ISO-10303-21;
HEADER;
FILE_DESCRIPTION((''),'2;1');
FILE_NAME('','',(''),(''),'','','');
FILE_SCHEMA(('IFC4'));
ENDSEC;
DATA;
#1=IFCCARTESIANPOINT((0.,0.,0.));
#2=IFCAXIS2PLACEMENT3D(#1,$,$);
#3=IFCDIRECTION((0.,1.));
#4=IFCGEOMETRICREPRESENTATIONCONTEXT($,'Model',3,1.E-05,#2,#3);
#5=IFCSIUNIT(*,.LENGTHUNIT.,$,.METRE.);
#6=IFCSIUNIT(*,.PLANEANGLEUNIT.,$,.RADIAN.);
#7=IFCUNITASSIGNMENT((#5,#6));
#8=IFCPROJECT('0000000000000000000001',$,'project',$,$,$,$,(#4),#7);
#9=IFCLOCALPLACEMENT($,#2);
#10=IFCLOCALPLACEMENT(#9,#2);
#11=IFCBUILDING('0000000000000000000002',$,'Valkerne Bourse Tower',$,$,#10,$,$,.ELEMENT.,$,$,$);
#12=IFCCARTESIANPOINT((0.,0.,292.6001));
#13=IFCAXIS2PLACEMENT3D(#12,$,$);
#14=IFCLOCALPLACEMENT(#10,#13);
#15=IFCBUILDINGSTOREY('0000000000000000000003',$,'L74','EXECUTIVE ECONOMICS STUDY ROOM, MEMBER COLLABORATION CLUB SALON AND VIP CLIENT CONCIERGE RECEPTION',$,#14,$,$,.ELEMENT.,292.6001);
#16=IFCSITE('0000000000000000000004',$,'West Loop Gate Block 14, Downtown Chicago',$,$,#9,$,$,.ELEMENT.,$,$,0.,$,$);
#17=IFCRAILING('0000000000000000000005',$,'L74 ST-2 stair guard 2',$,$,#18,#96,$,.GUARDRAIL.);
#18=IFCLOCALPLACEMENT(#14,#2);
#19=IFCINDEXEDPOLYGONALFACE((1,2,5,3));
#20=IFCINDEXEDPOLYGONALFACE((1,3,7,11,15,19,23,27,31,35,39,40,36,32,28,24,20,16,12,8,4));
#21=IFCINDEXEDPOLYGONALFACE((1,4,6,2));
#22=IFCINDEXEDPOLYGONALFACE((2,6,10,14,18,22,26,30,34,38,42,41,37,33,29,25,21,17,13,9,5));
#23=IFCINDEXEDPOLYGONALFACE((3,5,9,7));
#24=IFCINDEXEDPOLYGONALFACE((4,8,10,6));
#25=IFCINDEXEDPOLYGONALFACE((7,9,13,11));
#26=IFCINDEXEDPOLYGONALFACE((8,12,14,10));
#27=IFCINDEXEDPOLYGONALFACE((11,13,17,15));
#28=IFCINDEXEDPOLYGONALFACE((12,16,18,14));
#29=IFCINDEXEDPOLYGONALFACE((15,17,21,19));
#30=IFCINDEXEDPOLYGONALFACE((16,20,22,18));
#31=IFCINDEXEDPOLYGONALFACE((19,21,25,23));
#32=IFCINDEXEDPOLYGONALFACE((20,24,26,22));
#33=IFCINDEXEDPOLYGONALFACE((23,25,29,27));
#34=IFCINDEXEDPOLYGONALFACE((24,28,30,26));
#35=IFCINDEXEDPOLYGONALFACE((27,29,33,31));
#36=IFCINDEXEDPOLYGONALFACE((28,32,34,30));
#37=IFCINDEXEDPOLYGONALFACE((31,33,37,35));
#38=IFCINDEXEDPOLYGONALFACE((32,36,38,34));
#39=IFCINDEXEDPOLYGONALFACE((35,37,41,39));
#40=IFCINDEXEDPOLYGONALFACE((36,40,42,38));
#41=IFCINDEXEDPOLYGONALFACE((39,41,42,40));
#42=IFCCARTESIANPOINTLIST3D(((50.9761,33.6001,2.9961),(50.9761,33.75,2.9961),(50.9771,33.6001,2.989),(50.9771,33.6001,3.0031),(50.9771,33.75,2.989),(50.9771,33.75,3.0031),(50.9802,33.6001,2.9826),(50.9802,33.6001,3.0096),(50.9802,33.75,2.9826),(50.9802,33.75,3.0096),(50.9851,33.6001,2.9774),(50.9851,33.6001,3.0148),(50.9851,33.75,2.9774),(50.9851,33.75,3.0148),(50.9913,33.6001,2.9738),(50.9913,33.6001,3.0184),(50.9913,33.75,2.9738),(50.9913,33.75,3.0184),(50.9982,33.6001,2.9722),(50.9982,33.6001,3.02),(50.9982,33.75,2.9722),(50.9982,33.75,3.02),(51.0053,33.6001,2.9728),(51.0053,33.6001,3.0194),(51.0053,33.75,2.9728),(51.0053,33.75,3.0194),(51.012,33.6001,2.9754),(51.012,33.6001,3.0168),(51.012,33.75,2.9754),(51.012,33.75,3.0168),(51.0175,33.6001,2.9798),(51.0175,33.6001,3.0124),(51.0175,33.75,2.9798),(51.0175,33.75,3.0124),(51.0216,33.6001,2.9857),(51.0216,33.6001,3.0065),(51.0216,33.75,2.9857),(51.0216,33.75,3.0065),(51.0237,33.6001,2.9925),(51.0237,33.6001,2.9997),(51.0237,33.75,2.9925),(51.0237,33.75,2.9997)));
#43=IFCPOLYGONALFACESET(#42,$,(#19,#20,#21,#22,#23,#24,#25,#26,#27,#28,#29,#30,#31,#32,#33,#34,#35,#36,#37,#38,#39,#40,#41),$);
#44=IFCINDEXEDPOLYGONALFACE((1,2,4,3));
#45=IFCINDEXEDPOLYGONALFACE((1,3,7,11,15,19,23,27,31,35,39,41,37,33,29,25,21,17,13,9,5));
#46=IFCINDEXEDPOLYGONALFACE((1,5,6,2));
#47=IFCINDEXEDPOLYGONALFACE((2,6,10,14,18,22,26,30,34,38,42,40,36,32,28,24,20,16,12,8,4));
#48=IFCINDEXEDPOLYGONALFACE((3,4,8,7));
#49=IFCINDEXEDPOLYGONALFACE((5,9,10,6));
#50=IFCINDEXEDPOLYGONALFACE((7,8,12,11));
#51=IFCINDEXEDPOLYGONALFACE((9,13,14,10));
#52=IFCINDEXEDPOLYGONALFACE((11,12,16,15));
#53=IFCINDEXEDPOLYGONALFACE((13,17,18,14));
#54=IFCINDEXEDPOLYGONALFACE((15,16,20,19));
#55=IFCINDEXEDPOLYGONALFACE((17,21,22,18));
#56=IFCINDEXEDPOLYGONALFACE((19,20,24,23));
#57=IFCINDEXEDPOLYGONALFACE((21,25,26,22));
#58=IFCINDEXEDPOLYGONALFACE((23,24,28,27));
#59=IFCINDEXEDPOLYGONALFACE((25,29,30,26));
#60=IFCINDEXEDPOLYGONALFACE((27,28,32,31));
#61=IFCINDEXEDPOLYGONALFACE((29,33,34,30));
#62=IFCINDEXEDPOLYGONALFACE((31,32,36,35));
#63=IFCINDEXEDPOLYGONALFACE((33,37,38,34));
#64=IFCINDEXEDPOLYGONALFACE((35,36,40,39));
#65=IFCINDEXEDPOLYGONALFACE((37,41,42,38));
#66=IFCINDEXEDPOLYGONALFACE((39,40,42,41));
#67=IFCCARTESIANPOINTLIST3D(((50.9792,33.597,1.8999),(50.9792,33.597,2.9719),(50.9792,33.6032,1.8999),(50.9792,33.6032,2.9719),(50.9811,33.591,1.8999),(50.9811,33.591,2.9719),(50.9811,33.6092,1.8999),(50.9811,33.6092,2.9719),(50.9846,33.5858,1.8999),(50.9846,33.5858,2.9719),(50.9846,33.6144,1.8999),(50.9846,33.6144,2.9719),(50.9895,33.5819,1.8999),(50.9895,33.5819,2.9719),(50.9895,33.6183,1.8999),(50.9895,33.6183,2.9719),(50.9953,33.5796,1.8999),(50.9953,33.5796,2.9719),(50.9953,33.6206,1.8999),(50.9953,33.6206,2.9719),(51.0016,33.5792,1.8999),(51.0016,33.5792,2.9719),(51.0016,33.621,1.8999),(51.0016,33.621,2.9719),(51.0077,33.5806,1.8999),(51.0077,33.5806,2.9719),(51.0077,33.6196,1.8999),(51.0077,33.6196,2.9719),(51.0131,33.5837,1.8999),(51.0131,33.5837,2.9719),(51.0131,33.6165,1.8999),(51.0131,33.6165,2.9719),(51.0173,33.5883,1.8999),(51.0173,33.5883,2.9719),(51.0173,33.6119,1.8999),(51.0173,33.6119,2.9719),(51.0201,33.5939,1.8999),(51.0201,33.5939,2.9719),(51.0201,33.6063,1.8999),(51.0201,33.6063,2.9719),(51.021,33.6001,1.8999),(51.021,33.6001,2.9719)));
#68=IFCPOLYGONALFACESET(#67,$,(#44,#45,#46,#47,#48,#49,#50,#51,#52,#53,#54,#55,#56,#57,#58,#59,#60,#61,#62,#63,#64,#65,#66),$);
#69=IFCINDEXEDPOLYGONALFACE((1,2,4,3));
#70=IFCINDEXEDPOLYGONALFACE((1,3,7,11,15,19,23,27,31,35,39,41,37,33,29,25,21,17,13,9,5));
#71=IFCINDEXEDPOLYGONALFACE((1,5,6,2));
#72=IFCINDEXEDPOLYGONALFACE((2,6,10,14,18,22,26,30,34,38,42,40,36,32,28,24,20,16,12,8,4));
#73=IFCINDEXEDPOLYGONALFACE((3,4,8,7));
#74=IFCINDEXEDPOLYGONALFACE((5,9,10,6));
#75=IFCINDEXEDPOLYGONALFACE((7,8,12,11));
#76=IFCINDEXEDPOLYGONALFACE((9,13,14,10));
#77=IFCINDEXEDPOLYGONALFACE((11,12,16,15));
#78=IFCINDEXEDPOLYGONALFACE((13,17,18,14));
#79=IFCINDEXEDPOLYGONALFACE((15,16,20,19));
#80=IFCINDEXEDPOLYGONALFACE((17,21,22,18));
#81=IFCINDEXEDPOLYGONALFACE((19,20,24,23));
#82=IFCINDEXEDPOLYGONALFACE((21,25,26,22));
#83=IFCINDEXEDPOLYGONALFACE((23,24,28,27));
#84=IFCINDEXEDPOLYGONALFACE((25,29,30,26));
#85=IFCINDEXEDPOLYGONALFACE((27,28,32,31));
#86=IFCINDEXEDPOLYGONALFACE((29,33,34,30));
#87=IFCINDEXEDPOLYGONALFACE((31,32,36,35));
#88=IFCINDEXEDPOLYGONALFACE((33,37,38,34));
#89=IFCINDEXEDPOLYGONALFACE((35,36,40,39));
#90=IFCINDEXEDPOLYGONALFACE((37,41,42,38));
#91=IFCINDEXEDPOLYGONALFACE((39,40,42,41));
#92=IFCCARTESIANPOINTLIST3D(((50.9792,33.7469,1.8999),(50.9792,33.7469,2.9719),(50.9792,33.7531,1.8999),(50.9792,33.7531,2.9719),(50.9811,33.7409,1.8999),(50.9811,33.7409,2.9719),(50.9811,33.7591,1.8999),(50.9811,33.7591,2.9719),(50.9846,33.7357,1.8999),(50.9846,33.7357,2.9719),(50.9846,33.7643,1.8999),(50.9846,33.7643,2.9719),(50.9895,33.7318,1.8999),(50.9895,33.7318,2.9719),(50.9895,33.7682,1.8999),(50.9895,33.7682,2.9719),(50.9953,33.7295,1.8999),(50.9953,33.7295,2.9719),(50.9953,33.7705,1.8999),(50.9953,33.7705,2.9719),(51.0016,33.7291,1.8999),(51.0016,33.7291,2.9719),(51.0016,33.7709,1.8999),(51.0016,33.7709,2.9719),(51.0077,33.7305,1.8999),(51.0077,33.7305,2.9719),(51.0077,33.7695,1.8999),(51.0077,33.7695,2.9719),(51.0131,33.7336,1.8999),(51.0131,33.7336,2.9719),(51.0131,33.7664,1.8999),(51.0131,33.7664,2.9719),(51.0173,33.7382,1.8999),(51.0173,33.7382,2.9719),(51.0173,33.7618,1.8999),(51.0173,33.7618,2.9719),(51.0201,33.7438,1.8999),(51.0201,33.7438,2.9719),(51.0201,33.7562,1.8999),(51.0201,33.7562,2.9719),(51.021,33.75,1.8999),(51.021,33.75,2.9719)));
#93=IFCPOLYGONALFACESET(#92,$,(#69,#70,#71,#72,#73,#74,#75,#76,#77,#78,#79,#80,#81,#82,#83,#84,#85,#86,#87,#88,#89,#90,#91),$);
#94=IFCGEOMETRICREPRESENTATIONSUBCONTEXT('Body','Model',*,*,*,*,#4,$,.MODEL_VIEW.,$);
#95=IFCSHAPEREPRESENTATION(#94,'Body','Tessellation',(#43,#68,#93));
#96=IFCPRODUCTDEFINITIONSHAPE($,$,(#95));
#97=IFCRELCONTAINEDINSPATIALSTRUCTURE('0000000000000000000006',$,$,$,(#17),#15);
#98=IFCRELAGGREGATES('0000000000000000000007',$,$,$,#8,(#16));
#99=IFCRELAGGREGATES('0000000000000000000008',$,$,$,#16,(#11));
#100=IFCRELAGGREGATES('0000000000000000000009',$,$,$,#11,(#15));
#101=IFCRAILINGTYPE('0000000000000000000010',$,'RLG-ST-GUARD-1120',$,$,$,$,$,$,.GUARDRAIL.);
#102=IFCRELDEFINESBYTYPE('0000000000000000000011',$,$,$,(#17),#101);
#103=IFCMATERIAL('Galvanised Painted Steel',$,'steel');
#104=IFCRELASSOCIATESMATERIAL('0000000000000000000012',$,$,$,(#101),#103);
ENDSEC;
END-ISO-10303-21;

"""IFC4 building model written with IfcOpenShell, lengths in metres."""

from ifc_helpers import new_model, si_unit, direction, frame, origin, origin_2d, place, context, subcontext, project, spatial, circle, extrude, material, type_object, element, save


model = new_model("IFC4")

# Units and contexts
model_context = context("Model", 3, precision=1e-05, world=origin(), true_north=direction((0.0, 1.0)))
body_context = subcontext(model_context, "Body", "Model", "MODEL_VIEW")
ifc_project = project(units=[si_unit("LENGTHUNIT", "METRE"), si_unit("PLANEANGLEUNIT", "RADIAN")], contexts=[model_context])

# Site, building, storey
site_placement = place(None, origin())
site = spatial("IfcSite", under=ifc_project, at=site_placement, Name="West Loop Gate Block 14, Downtown Chicago", CompositionType="ELEMENT", RefElevation=0.0)
building_placement = place(site_placement, origin())
building = spatial("IfcBuilding", under=site, at=building_placement, Name="Valkerne Bourse Tower", CompositionType="ELEMENT")
storey_placement = place(building_placement, frame((0.0, 0.0, 292.6001)))
storey = spatial("IfcBuildingStorey", under=building, at=storey_placement, Name="L74", Description="EXECUTIVE ECONOMICS STUDY ROOM, MEMBER COLLABORATION CLUB SALON AND VIP CLIENT CONCIERGE RECEPTION", CompositionType="ELEMENT", Elevation=292.6001)

# Shared definitions
ifc_material_1 = material(Name="Galvanised Painted Steel", Category="steel")

# Railing
railing_type_1 = type_object("IfcRailingType", Name="RLG-ST-GUARD-1120", PredefinedType="GUARDRAIL", material=ifc_material_1)
railing_1_placement = place(storey_placement, frame((51.0, 33.6001, 1.8999)))
element("IfcRailing", 1, at=railing_1_placement, inside=storey, type_object=railing_type_1, Name="L74 ST-2 stair guard 2", PredefinedType="GUARDRAIL", context=body_context, shape_type="SweptSolid", body=[
    extrude(circle(Radius=0.0239, at=origin_2d()), frame((0.0, 0.0, 1.0962), z_axis=(0.0, 1.0, 0.0), x_axis=(-1.0, 0.0, 0.0)), (0.0, 0.0, 1.0), 0.1499),
    extrude(circle(Radius=0.021, at=origin_2d()), origin(), (0.0, 0.0, 1.0), 1.072),
    extrude(circle(Radius=0.021, at=origin_2d()), frame((0.0, 0.1499, 0.0)), (0.0, 0.0, 1.0), 1.072),
])

save(model, "model.ifc")
